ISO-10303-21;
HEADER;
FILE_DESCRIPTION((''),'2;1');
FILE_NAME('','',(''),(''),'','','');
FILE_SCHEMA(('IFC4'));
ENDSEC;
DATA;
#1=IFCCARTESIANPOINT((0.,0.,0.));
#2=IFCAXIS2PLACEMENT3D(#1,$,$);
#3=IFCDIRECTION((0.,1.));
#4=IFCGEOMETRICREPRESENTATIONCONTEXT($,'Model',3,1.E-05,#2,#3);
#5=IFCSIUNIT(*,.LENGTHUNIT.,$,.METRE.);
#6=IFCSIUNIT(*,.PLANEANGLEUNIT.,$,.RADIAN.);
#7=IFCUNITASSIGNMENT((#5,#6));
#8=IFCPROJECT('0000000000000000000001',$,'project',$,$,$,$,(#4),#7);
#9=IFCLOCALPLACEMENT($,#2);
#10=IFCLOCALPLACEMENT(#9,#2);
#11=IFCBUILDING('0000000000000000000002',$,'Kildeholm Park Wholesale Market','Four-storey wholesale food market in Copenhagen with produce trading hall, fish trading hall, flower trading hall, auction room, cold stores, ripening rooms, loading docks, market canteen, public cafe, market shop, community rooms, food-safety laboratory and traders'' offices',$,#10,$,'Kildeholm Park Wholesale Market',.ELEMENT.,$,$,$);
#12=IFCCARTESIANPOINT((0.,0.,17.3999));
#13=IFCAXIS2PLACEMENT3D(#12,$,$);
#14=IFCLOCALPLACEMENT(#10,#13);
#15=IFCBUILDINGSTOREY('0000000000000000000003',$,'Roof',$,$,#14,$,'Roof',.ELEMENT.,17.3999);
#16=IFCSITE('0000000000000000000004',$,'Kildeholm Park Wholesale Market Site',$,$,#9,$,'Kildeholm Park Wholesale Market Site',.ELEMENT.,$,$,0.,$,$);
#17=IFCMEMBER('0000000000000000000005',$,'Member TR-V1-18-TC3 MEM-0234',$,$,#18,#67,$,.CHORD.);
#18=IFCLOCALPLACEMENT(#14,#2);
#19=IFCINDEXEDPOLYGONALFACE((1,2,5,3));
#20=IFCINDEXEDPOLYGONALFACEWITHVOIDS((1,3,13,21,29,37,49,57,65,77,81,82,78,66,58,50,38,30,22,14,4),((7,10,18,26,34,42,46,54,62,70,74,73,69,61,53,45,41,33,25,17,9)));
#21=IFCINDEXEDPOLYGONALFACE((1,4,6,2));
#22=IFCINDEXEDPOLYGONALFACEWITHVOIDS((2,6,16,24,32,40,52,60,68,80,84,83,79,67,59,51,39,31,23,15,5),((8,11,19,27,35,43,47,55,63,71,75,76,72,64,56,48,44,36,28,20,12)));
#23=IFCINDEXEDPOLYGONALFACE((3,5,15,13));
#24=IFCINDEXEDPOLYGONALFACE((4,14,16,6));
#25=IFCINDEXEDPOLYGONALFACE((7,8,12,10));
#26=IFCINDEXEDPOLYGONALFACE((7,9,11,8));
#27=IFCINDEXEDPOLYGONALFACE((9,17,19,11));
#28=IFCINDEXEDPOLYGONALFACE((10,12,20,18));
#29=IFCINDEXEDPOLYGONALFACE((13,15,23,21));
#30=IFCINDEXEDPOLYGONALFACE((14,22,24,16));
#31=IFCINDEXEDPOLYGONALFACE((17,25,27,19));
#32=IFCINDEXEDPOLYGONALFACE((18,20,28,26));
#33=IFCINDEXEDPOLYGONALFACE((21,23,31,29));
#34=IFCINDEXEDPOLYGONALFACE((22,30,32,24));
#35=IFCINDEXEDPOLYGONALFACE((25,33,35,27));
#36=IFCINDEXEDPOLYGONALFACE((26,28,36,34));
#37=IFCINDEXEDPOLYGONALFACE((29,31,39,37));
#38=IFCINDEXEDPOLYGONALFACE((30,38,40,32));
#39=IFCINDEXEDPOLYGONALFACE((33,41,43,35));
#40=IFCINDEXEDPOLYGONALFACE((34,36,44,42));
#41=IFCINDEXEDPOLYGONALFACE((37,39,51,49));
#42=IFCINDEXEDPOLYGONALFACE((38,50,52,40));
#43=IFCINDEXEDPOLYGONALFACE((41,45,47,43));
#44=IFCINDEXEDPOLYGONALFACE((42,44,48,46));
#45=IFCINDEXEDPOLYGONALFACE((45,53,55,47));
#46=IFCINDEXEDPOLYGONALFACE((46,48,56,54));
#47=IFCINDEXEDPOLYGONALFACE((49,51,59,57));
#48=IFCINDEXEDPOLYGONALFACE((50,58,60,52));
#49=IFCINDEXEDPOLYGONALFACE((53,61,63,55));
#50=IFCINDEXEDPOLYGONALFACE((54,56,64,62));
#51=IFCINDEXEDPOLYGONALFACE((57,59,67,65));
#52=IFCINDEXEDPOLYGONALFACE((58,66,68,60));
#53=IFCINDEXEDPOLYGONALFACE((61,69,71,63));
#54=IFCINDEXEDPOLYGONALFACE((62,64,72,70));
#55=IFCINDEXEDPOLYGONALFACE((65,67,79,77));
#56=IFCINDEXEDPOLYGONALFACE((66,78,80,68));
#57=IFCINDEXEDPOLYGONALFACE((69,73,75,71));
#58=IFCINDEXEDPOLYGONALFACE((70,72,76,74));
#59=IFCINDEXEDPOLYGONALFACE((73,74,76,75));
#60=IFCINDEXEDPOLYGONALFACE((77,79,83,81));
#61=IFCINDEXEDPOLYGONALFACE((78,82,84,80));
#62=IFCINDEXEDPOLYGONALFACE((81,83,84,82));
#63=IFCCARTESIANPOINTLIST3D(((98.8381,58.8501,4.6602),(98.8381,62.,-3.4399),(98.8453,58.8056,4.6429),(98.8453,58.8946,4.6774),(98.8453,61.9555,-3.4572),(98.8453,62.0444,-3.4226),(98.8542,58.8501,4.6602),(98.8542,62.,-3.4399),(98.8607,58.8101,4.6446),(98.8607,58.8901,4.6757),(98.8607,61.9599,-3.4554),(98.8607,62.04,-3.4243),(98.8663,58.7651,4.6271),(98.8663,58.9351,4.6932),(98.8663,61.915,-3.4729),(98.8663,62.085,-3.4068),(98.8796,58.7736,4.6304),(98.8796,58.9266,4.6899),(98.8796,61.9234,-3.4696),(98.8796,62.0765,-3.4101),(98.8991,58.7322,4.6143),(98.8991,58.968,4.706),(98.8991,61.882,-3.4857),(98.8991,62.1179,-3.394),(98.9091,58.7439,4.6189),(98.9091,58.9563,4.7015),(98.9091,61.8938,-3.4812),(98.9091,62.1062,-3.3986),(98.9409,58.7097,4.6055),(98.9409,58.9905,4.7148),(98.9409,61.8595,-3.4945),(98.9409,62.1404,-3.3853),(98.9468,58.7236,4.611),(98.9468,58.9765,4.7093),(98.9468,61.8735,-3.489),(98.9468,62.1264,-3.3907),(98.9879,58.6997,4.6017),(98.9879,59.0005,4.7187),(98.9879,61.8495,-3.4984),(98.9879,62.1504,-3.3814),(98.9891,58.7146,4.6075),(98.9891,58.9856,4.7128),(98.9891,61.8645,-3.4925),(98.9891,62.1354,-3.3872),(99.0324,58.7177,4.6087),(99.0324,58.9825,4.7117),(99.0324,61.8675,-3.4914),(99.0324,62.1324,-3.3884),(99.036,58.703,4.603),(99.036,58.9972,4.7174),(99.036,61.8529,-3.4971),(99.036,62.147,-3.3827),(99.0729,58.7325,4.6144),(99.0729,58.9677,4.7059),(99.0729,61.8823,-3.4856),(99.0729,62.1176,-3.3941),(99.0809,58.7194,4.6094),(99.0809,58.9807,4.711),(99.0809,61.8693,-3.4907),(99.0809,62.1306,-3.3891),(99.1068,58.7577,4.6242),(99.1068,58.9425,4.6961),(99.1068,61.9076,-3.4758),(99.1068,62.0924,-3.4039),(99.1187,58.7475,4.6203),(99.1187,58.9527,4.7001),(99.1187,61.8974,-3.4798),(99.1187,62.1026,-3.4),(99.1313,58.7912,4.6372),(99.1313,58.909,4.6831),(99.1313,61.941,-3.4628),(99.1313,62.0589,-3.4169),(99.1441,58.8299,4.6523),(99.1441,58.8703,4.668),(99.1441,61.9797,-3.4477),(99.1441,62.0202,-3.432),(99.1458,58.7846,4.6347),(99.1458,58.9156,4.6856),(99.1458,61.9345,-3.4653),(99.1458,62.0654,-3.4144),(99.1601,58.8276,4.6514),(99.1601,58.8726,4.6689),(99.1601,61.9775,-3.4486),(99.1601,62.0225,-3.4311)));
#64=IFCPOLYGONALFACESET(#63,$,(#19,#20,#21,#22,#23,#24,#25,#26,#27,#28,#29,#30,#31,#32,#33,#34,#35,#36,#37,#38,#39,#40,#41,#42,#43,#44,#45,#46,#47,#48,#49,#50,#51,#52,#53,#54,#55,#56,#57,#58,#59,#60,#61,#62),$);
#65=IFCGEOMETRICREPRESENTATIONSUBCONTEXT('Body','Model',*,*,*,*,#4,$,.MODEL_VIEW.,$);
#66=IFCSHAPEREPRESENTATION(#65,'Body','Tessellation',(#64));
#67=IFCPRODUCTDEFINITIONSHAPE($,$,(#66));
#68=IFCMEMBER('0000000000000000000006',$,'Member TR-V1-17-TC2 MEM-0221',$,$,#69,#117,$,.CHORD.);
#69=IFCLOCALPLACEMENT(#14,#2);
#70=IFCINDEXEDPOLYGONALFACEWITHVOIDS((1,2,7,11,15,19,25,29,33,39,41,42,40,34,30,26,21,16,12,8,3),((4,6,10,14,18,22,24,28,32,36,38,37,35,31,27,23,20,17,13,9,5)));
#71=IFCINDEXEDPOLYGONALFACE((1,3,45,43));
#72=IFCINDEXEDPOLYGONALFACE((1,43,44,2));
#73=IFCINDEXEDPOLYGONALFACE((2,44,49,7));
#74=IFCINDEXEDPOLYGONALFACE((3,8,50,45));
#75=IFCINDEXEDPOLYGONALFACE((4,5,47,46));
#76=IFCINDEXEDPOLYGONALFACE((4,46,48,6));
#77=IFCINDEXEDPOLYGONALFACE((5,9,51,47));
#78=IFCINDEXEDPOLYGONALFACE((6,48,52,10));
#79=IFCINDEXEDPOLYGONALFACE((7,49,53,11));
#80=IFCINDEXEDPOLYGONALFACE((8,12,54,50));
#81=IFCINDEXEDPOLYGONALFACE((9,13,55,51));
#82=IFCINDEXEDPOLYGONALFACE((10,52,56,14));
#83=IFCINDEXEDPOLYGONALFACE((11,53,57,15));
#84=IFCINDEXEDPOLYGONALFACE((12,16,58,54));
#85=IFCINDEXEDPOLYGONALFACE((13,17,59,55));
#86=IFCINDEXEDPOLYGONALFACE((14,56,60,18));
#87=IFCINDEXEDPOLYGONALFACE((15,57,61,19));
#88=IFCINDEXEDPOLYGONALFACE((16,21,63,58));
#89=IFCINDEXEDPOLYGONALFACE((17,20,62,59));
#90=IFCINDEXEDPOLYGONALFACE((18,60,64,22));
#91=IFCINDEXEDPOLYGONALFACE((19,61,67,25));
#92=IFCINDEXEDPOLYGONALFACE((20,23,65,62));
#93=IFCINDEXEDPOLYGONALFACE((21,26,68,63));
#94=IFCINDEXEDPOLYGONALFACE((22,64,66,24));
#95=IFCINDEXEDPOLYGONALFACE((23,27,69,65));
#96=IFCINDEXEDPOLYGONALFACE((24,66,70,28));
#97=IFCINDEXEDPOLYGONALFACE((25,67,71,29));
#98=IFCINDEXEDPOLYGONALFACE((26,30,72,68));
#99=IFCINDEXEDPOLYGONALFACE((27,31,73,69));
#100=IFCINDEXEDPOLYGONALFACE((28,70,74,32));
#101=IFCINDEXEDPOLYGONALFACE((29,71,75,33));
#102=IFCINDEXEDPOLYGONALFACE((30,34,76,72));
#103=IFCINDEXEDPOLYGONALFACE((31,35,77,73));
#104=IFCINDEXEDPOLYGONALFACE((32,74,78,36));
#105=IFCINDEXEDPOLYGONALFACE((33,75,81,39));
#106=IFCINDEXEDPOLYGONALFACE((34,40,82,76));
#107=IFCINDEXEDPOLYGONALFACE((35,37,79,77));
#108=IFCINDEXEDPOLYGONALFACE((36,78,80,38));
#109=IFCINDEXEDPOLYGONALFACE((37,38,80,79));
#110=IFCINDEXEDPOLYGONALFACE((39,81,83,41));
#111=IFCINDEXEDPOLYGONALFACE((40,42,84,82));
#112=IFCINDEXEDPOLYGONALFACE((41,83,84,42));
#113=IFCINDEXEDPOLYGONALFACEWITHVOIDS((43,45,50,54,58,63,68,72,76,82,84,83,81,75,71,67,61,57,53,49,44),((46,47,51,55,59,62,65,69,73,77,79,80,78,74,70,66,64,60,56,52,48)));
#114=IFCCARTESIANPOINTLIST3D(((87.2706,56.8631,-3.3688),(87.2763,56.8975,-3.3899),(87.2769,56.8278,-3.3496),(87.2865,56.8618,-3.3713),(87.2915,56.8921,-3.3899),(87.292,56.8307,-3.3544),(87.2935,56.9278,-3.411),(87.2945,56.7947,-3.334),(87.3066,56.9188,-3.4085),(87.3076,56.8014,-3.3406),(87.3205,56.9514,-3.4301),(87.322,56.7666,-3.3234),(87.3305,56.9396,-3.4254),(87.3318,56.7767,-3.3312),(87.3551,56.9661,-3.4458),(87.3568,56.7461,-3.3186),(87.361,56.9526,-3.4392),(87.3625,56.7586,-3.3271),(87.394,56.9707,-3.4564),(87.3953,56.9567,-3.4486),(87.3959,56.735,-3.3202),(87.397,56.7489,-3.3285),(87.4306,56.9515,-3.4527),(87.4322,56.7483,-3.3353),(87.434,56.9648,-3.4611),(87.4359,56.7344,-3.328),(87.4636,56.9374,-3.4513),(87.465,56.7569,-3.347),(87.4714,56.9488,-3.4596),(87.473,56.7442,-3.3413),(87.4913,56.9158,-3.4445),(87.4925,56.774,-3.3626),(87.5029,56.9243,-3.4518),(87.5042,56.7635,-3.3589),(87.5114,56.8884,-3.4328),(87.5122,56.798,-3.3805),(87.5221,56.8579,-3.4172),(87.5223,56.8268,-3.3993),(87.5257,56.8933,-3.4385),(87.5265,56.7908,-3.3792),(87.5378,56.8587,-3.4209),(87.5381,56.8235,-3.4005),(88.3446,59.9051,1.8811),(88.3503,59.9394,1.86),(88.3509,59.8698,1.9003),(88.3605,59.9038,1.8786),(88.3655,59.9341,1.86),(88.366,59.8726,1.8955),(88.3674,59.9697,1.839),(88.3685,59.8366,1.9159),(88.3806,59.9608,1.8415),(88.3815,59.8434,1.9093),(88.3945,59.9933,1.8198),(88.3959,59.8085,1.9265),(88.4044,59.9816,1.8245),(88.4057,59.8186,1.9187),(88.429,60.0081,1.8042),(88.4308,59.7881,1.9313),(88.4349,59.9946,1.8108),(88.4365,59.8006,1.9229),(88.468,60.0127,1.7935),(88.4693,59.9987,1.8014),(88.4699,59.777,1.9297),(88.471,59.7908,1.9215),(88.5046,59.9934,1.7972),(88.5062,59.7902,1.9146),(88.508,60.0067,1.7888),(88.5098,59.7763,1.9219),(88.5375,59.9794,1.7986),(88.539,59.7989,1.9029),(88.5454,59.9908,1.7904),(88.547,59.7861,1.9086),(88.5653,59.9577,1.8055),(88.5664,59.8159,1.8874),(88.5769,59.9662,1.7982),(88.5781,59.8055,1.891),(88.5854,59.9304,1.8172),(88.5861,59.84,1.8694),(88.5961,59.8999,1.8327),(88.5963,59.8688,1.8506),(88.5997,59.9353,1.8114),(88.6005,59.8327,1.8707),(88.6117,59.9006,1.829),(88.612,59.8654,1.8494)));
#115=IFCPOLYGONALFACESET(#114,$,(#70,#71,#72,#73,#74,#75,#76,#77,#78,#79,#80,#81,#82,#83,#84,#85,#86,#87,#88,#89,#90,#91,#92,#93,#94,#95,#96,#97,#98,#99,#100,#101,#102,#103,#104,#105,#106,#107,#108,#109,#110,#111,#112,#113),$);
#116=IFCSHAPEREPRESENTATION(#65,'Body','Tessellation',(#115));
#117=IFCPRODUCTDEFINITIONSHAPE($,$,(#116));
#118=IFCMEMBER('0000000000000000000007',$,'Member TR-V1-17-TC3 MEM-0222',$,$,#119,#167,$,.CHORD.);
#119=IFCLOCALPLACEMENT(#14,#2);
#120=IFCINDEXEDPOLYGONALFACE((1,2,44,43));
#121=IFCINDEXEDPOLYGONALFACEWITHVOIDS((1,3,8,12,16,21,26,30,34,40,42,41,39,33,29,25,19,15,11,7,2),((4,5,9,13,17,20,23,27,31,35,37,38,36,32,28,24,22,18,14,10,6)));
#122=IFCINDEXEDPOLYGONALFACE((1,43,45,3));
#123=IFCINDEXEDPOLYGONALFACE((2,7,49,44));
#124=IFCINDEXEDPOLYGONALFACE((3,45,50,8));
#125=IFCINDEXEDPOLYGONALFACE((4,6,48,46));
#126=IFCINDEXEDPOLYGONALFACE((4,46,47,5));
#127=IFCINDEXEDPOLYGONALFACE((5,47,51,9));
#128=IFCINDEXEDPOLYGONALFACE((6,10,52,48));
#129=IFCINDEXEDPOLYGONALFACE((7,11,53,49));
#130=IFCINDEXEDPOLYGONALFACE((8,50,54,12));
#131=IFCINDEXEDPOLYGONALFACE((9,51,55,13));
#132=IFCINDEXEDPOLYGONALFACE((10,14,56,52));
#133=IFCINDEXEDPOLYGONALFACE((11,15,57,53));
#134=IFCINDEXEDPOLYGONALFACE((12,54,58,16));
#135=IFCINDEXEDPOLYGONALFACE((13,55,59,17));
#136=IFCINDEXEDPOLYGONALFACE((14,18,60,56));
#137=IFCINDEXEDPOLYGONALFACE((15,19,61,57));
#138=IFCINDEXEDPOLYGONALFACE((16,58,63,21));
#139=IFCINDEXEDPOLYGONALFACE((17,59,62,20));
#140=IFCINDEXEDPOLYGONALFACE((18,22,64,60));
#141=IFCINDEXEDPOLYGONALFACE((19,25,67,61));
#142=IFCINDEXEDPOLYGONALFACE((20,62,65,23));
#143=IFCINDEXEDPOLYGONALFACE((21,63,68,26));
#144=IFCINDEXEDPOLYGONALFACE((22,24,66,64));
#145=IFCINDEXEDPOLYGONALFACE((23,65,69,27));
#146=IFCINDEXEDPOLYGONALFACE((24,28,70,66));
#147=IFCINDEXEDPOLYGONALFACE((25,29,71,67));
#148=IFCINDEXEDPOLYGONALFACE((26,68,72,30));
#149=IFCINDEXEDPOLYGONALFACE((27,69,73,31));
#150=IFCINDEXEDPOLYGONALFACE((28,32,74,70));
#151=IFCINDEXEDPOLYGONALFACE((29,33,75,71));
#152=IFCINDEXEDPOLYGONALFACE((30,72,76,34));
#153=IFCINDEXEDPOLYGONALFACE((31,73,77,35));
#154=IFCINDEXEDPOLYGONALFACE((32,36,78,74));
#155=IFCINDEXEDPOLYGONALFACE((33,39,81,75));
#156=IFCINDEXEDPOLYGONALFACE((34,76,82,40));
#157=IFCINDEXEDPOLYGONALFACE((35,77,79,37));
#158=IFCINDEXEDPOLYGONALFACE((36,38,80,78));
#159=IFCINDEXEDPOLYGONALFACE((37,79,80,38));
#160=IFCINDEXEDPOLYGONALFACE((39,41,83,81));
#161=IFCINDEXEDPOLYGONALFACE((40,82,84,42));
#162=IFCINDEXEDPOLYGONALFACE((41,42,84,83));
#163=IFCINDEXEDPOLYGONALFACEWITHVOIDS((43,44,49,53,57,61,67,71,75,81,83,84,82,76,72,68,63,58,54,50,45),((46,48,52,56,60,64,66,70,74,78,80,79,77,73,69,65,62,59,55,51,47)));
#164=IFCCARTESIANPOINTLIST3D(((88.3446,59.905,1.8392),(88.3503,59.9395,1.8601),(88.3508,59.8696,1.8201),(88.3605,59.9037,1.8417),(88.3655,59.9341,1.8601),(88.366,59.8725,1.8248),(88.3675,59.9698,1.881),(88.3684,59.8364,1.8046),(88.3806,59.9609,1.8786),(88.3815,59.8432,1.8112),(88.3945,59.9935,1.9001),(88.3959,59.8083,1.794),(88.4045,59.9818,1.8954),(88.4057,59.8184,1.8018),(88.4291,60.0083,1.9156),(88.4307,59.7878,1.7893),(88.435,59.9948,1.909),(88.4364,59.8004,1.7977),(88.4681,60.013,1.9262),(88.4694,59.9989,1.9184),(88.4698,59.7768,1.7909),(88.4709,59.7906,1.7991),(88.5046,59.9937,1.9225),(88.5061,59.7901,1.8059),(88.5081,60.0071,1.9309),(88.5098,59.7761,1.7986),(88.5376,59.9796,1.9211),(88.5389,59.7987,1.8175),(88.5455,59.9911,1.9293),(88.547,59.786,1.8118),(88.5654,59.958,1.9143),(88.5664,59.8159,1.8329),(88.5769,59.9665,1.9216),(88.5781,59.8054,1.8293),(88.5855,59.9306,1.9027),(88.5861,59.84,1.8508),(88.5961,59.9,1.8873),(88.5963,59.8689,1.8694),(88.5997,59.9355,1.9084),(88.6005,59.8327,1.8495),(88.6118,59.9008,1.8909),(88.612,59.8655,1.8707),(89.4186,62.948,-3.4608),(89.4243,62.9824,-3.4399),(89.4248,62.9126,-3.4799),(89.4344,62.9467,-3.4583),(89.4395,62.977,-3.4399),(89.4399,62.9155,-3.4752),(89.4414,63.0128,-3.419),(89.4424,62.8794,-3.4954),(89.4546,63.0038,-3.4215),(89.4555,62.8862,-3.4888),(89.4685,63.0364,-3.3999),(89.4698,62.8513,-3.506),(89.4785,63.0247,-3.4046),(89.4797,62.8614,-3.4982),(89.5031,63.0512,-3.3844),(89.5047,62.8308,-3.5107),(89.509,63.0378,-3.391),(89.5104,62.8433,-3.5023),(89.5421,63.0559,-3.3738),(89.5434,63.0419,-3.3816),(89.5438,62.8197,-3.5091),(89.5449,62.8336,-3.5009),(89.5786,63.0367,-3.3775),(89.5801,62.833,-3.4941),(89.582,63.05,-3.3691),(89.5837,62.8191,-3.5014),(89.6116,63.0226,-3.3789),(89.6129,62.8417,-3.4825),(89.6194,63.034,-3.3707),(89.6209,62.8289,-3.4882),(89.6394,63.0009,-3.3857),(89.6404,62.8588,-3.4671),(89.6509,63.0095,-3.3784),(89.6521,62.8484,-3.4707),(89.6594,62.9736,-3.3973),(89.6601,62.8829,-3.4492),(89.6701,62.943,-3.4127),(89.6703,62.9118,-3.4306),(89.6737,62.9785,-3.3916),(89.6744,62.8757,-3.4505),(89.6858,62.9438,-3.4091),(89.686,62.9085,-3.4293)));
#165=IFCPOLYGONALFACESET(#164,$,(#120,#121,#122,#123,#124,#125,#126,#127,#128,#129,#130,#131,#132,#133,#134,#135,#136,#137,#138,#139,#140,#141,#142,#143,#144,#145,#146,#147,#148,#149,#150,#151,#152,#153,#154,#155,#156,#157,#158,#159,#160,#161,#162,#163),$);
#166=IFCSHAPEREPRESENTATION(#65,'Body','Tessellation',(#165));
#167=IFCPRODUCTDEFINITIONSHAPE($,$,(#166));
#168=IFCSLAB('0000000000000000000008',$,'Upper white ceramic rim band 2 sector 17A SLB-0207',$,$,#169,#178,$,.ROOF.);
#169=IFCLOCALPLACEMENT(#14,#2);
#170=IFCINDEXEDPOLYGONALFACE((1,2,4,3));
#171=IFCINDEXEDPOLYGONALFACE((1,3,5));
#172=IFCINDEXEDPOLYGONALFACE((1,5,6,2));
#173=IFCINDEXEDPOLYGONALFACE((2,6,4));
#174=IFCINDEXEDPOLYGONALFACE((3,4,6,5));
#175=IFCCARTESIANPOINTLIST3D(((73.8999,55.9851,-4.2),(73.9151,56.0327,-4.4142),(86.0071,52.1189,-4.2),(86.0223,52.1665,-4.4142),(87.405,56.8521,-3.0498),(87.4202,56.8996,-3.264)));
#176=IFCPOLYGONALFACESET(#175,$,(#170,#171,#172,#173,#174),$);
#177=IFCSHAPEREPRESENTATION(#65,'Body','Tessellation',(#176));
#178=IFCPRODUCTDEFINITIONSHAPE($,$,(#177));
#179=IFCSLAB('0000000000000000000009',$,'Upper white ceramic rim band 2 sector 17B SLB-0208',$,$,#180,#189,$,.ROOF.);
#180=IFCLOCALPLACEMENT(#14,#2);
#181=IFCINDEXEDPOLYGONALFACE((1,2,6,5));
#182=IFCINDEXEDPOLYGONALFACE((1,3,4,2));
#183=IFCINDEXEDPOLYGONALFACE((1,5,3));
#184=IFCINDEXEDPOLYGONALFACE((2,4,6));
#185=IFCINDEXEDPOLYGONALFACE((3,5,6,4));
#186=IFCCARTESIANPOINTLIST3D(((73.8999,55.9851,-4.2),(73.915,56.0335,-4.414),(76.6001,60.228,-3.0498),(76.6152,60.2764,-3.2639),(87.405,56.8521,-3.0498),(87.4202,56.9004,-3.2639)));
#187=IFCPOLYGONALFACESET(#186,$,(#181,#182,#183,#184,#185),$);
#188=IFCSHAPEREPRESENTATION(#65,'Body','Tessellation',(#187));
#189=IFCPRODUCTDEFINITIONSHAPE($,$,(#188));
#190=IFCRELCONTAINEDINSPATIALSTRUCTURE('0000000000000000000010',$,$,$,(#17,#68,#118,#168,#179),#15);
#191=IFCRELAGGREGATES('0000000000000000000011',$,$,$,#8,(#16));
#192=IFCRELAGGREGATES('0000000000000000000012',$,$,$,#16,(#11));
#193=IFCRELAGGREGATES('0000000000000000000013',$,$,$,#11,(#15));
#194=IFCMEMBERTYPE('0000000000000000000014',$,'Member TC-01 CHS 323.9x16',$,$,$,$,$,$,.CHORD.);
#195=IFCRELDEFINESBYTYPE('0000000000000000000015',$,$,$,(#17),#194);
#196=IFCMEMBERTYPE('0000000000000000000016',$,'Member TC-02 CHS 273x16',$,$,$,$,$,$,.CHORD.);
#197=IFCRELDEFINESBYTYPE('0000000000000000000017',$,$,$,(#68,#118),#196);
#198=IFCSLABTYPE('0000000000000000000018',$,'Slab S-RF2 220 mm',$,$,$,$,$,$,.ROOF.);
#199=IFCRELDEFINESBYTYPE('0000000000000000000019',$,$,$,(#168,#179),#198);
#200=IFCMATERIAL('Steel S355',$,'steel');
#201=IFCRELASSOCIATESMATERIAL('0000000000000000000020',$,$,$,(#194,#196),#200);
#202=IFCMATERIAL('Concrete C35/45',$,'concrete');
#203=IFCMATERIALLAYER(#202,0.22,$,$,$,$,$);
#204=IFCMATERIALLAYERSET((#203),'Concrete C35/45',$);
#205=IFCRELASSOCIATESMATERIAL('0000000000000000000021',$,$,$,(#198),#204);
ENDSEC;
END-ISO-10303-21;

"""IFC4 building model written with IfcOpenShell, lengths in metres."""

from ifc_helpers import new_model, si_unit, direction, frame, origin, origin_2d, place, context, subcontext, project, spatial, polyline, hollow_circle, outline, extrude, material, layer, layer_set, material_profile, profile_set, type_object, element, save


model = new_model("IFC4")

# Units and contexts
model_context = context("Model", 3, precision=1e-05, world=origin(), true_north=direction((0.0, 1.0)))
body_context = subcontext(model_context, "Body", "Model", "MODEL_VIEW")
ifc_project = project(units=[si_unit("LENGTHUNIT", "METRE"), si_unit("PLANEANGLEUNIT", "RADIAN")], contexts=[model_context])

# Site, building, storey
site_placement = place(None, origin())
site = spatial("IfcSite", under=ifc_project, at=site_placement, Name="Kildeholm Park Wholesale Market Site", LongName="Kildeholm Park Wholesale Market Site", CompositionType="ELEMENT", RefElevation=0.0)
building_placement = place(site_placement, origin())
building = spatial("IfcBuilding", under=site, at=building_placement, Name="Kildeholm Park Wholesale Market", Description="Four-storey wholesale food market in Copenhagen with produce trading hall, fish trading hall, flower trading hall, auction room, cold stores, ripening rooms, loading docks, market canteen, public cafe, market shop, community rooms, food-safety laboratory and traders' offices", LongName="Kildeholm Park Wholesale Market", CompositionType="ELEMENT")
storey_placement = place(building_placement, frame((0.0, 0.0, 17.3999)))
storey = spatial("IfcBuildingStorey", under=building, at=storey_placement, Name="Roof", LongName="Roof", CompositionType="ELEMENT", Elevation=17.3999)

# Members
ifc_material_1 = material(Name="Steel S355", Category="steel")
ifc_material_profile_1 = material_profile(ifc_material_1, hollow_circle(Radius=0.1619, WallThickness=0.0161, at=origin_2d()), Name="CHS 323.9x16")
ifc_profile_set_1 = profile_set([ifc_material_profile_1], Name="Steel S355")
member_type_1 = type_object("IfcMemberType", Name="Member TC-01 CHS 323.9x16", PredefinedType="CHORD", material=ifc_profile_set_1)
member_1_placement = place(storey_placement, frame((99.0, 58.8501, 4.6602), z_axis=(0.0, 0.362433, -0.93201), x_axis=(-1.0, 0.0, 0.0)))
element("IfcMember", 1, at=member_1_placement, inside=storey, type_object=member_type_1, Name="Member TR-V1-18-TC3 MEM-0234", PredefinedType="CHORD", context=body_context, shape_type="SweptSolid", body=[
    extrude(hollow_circle(Radius=0.1619, WallThickness=0.0161, at=origin_2d()), origin(), (0.0, 0.0, 1.0), 8.6909),
])
ifc_material_profile_2 = material_profile(ifc_material_1, hollow_circle(Radius=0.1365, WallThickness=0.0161, at=origin_2d()), Name="CHS 273x16")
ifc_profile_set_2 = profile_set([ifc_material_profile_2], Name="Steel S355")
member_type_2 = type_object("IfcMemberType", Name="Member TC-02 CHS 273x16", PredefinedType="CHORD", material=ifc_profile_set_2)
member_2_placement = place(storey_placement, frame((87.405, 56.8521, -3.3899), z_axis=(0.174291, 0.493674, 0.852003), x_axis=(-0.942958, 0.332911, 0.0)))
element("IfcMember", 2, at=member_2_placement, inside=storey, type_object=member_type_2, Name="Member TR-V1-17-TC2 MEM-0221", PredefinedType="CHORD", context=body_context, shape_type="SweptSolid", body=[
    extrude(hollow_circle(Radius=0.1365, WallThickness=0.0161, at=origin_2d()), origin(), (0.0, 0.0, 1.0), 6.1619),
])
member_3_placement = place(storey_placement, frame((88.479, 59.894, 1.8601), z_axis=(0.173079, 0.490396, -0.85414), x_axis=(-0.942992, 0.332816, 0.0)))
element("IfcMember", 3, at=member_3_placement, inside=storey, type_object=member_type_2, Name="Member TR-V1-17-TC3 MEM-0222", PredefinedType="CHORD", context=body_context, shape_type="SweptSolid", body=[
    extrude(hollow_circle(Radius=0.1365, WallThickness=0.0161, at=origin_2d()), origin(), (0.0, 0.0, 1.0), 6.2051),
])

# Slabs
ifc_material_2 = material(Name="Concrete C35/45", Category="concrete")
ifc_layer_1 = layer(ifc_material_2, 0.22)
ifc_layer_set_1 = layer_set([ifc_layer_1], Name="Concrete C35/45")
slab_type = type_object("IfcSlabType", Name="Slab S-RF2 220 mm", PredefinedType="ROOF", material=ifc_layer_set_1)
slab_1_placement = place(storey_placement, frame((73.8999, 55.9851, -4.2), z_axis=(-0.069058, -0.216257, 0.973891), x_axis=(0.952609, -0.304199, 0.0)))
element("IfcSlab", 4, at=slab_1_placement, inside=storey, type_object=slab_type, Name="Upper white ceramic rim band 2 sector 17A SLB-0207", PredefinedType="ROOF", context=body_context, shape_type="SweptSolid", body=[
    extrude(outline(polyline([(0.0, 0.0), (12.7095, 0.0), (12.6014, 5.0664), (0.0, 0.0)])), origin(), (0.0, 0.0, -1.0), 0.22),
])
slab_2_placement = place(storey_placement, frame((73.8999, 55.9851, -4.2), z_axis=(-0.068746, -0.220024, 0.973069), x_axis=(0.994361, 0.063832, 0.084683)))
element("IfcSlab", 5, at=slab_2_placement, inside=storey, type_object=slab_type, Name="Upper white ceramic rim band 2 sector 17B SLB-0208", PredefinedType="ROOF", context=body_context, shape_type="SweptSolid", body=[
    extrude(outline(polyline([(0.0, 0.0), (13.5817, 0.0), (3.0532, 4.1586), (0.0, 0.0)])), origin(), (0.0, 0.0, -1.0), 0.22),
])

save(model, "model.ifc")
